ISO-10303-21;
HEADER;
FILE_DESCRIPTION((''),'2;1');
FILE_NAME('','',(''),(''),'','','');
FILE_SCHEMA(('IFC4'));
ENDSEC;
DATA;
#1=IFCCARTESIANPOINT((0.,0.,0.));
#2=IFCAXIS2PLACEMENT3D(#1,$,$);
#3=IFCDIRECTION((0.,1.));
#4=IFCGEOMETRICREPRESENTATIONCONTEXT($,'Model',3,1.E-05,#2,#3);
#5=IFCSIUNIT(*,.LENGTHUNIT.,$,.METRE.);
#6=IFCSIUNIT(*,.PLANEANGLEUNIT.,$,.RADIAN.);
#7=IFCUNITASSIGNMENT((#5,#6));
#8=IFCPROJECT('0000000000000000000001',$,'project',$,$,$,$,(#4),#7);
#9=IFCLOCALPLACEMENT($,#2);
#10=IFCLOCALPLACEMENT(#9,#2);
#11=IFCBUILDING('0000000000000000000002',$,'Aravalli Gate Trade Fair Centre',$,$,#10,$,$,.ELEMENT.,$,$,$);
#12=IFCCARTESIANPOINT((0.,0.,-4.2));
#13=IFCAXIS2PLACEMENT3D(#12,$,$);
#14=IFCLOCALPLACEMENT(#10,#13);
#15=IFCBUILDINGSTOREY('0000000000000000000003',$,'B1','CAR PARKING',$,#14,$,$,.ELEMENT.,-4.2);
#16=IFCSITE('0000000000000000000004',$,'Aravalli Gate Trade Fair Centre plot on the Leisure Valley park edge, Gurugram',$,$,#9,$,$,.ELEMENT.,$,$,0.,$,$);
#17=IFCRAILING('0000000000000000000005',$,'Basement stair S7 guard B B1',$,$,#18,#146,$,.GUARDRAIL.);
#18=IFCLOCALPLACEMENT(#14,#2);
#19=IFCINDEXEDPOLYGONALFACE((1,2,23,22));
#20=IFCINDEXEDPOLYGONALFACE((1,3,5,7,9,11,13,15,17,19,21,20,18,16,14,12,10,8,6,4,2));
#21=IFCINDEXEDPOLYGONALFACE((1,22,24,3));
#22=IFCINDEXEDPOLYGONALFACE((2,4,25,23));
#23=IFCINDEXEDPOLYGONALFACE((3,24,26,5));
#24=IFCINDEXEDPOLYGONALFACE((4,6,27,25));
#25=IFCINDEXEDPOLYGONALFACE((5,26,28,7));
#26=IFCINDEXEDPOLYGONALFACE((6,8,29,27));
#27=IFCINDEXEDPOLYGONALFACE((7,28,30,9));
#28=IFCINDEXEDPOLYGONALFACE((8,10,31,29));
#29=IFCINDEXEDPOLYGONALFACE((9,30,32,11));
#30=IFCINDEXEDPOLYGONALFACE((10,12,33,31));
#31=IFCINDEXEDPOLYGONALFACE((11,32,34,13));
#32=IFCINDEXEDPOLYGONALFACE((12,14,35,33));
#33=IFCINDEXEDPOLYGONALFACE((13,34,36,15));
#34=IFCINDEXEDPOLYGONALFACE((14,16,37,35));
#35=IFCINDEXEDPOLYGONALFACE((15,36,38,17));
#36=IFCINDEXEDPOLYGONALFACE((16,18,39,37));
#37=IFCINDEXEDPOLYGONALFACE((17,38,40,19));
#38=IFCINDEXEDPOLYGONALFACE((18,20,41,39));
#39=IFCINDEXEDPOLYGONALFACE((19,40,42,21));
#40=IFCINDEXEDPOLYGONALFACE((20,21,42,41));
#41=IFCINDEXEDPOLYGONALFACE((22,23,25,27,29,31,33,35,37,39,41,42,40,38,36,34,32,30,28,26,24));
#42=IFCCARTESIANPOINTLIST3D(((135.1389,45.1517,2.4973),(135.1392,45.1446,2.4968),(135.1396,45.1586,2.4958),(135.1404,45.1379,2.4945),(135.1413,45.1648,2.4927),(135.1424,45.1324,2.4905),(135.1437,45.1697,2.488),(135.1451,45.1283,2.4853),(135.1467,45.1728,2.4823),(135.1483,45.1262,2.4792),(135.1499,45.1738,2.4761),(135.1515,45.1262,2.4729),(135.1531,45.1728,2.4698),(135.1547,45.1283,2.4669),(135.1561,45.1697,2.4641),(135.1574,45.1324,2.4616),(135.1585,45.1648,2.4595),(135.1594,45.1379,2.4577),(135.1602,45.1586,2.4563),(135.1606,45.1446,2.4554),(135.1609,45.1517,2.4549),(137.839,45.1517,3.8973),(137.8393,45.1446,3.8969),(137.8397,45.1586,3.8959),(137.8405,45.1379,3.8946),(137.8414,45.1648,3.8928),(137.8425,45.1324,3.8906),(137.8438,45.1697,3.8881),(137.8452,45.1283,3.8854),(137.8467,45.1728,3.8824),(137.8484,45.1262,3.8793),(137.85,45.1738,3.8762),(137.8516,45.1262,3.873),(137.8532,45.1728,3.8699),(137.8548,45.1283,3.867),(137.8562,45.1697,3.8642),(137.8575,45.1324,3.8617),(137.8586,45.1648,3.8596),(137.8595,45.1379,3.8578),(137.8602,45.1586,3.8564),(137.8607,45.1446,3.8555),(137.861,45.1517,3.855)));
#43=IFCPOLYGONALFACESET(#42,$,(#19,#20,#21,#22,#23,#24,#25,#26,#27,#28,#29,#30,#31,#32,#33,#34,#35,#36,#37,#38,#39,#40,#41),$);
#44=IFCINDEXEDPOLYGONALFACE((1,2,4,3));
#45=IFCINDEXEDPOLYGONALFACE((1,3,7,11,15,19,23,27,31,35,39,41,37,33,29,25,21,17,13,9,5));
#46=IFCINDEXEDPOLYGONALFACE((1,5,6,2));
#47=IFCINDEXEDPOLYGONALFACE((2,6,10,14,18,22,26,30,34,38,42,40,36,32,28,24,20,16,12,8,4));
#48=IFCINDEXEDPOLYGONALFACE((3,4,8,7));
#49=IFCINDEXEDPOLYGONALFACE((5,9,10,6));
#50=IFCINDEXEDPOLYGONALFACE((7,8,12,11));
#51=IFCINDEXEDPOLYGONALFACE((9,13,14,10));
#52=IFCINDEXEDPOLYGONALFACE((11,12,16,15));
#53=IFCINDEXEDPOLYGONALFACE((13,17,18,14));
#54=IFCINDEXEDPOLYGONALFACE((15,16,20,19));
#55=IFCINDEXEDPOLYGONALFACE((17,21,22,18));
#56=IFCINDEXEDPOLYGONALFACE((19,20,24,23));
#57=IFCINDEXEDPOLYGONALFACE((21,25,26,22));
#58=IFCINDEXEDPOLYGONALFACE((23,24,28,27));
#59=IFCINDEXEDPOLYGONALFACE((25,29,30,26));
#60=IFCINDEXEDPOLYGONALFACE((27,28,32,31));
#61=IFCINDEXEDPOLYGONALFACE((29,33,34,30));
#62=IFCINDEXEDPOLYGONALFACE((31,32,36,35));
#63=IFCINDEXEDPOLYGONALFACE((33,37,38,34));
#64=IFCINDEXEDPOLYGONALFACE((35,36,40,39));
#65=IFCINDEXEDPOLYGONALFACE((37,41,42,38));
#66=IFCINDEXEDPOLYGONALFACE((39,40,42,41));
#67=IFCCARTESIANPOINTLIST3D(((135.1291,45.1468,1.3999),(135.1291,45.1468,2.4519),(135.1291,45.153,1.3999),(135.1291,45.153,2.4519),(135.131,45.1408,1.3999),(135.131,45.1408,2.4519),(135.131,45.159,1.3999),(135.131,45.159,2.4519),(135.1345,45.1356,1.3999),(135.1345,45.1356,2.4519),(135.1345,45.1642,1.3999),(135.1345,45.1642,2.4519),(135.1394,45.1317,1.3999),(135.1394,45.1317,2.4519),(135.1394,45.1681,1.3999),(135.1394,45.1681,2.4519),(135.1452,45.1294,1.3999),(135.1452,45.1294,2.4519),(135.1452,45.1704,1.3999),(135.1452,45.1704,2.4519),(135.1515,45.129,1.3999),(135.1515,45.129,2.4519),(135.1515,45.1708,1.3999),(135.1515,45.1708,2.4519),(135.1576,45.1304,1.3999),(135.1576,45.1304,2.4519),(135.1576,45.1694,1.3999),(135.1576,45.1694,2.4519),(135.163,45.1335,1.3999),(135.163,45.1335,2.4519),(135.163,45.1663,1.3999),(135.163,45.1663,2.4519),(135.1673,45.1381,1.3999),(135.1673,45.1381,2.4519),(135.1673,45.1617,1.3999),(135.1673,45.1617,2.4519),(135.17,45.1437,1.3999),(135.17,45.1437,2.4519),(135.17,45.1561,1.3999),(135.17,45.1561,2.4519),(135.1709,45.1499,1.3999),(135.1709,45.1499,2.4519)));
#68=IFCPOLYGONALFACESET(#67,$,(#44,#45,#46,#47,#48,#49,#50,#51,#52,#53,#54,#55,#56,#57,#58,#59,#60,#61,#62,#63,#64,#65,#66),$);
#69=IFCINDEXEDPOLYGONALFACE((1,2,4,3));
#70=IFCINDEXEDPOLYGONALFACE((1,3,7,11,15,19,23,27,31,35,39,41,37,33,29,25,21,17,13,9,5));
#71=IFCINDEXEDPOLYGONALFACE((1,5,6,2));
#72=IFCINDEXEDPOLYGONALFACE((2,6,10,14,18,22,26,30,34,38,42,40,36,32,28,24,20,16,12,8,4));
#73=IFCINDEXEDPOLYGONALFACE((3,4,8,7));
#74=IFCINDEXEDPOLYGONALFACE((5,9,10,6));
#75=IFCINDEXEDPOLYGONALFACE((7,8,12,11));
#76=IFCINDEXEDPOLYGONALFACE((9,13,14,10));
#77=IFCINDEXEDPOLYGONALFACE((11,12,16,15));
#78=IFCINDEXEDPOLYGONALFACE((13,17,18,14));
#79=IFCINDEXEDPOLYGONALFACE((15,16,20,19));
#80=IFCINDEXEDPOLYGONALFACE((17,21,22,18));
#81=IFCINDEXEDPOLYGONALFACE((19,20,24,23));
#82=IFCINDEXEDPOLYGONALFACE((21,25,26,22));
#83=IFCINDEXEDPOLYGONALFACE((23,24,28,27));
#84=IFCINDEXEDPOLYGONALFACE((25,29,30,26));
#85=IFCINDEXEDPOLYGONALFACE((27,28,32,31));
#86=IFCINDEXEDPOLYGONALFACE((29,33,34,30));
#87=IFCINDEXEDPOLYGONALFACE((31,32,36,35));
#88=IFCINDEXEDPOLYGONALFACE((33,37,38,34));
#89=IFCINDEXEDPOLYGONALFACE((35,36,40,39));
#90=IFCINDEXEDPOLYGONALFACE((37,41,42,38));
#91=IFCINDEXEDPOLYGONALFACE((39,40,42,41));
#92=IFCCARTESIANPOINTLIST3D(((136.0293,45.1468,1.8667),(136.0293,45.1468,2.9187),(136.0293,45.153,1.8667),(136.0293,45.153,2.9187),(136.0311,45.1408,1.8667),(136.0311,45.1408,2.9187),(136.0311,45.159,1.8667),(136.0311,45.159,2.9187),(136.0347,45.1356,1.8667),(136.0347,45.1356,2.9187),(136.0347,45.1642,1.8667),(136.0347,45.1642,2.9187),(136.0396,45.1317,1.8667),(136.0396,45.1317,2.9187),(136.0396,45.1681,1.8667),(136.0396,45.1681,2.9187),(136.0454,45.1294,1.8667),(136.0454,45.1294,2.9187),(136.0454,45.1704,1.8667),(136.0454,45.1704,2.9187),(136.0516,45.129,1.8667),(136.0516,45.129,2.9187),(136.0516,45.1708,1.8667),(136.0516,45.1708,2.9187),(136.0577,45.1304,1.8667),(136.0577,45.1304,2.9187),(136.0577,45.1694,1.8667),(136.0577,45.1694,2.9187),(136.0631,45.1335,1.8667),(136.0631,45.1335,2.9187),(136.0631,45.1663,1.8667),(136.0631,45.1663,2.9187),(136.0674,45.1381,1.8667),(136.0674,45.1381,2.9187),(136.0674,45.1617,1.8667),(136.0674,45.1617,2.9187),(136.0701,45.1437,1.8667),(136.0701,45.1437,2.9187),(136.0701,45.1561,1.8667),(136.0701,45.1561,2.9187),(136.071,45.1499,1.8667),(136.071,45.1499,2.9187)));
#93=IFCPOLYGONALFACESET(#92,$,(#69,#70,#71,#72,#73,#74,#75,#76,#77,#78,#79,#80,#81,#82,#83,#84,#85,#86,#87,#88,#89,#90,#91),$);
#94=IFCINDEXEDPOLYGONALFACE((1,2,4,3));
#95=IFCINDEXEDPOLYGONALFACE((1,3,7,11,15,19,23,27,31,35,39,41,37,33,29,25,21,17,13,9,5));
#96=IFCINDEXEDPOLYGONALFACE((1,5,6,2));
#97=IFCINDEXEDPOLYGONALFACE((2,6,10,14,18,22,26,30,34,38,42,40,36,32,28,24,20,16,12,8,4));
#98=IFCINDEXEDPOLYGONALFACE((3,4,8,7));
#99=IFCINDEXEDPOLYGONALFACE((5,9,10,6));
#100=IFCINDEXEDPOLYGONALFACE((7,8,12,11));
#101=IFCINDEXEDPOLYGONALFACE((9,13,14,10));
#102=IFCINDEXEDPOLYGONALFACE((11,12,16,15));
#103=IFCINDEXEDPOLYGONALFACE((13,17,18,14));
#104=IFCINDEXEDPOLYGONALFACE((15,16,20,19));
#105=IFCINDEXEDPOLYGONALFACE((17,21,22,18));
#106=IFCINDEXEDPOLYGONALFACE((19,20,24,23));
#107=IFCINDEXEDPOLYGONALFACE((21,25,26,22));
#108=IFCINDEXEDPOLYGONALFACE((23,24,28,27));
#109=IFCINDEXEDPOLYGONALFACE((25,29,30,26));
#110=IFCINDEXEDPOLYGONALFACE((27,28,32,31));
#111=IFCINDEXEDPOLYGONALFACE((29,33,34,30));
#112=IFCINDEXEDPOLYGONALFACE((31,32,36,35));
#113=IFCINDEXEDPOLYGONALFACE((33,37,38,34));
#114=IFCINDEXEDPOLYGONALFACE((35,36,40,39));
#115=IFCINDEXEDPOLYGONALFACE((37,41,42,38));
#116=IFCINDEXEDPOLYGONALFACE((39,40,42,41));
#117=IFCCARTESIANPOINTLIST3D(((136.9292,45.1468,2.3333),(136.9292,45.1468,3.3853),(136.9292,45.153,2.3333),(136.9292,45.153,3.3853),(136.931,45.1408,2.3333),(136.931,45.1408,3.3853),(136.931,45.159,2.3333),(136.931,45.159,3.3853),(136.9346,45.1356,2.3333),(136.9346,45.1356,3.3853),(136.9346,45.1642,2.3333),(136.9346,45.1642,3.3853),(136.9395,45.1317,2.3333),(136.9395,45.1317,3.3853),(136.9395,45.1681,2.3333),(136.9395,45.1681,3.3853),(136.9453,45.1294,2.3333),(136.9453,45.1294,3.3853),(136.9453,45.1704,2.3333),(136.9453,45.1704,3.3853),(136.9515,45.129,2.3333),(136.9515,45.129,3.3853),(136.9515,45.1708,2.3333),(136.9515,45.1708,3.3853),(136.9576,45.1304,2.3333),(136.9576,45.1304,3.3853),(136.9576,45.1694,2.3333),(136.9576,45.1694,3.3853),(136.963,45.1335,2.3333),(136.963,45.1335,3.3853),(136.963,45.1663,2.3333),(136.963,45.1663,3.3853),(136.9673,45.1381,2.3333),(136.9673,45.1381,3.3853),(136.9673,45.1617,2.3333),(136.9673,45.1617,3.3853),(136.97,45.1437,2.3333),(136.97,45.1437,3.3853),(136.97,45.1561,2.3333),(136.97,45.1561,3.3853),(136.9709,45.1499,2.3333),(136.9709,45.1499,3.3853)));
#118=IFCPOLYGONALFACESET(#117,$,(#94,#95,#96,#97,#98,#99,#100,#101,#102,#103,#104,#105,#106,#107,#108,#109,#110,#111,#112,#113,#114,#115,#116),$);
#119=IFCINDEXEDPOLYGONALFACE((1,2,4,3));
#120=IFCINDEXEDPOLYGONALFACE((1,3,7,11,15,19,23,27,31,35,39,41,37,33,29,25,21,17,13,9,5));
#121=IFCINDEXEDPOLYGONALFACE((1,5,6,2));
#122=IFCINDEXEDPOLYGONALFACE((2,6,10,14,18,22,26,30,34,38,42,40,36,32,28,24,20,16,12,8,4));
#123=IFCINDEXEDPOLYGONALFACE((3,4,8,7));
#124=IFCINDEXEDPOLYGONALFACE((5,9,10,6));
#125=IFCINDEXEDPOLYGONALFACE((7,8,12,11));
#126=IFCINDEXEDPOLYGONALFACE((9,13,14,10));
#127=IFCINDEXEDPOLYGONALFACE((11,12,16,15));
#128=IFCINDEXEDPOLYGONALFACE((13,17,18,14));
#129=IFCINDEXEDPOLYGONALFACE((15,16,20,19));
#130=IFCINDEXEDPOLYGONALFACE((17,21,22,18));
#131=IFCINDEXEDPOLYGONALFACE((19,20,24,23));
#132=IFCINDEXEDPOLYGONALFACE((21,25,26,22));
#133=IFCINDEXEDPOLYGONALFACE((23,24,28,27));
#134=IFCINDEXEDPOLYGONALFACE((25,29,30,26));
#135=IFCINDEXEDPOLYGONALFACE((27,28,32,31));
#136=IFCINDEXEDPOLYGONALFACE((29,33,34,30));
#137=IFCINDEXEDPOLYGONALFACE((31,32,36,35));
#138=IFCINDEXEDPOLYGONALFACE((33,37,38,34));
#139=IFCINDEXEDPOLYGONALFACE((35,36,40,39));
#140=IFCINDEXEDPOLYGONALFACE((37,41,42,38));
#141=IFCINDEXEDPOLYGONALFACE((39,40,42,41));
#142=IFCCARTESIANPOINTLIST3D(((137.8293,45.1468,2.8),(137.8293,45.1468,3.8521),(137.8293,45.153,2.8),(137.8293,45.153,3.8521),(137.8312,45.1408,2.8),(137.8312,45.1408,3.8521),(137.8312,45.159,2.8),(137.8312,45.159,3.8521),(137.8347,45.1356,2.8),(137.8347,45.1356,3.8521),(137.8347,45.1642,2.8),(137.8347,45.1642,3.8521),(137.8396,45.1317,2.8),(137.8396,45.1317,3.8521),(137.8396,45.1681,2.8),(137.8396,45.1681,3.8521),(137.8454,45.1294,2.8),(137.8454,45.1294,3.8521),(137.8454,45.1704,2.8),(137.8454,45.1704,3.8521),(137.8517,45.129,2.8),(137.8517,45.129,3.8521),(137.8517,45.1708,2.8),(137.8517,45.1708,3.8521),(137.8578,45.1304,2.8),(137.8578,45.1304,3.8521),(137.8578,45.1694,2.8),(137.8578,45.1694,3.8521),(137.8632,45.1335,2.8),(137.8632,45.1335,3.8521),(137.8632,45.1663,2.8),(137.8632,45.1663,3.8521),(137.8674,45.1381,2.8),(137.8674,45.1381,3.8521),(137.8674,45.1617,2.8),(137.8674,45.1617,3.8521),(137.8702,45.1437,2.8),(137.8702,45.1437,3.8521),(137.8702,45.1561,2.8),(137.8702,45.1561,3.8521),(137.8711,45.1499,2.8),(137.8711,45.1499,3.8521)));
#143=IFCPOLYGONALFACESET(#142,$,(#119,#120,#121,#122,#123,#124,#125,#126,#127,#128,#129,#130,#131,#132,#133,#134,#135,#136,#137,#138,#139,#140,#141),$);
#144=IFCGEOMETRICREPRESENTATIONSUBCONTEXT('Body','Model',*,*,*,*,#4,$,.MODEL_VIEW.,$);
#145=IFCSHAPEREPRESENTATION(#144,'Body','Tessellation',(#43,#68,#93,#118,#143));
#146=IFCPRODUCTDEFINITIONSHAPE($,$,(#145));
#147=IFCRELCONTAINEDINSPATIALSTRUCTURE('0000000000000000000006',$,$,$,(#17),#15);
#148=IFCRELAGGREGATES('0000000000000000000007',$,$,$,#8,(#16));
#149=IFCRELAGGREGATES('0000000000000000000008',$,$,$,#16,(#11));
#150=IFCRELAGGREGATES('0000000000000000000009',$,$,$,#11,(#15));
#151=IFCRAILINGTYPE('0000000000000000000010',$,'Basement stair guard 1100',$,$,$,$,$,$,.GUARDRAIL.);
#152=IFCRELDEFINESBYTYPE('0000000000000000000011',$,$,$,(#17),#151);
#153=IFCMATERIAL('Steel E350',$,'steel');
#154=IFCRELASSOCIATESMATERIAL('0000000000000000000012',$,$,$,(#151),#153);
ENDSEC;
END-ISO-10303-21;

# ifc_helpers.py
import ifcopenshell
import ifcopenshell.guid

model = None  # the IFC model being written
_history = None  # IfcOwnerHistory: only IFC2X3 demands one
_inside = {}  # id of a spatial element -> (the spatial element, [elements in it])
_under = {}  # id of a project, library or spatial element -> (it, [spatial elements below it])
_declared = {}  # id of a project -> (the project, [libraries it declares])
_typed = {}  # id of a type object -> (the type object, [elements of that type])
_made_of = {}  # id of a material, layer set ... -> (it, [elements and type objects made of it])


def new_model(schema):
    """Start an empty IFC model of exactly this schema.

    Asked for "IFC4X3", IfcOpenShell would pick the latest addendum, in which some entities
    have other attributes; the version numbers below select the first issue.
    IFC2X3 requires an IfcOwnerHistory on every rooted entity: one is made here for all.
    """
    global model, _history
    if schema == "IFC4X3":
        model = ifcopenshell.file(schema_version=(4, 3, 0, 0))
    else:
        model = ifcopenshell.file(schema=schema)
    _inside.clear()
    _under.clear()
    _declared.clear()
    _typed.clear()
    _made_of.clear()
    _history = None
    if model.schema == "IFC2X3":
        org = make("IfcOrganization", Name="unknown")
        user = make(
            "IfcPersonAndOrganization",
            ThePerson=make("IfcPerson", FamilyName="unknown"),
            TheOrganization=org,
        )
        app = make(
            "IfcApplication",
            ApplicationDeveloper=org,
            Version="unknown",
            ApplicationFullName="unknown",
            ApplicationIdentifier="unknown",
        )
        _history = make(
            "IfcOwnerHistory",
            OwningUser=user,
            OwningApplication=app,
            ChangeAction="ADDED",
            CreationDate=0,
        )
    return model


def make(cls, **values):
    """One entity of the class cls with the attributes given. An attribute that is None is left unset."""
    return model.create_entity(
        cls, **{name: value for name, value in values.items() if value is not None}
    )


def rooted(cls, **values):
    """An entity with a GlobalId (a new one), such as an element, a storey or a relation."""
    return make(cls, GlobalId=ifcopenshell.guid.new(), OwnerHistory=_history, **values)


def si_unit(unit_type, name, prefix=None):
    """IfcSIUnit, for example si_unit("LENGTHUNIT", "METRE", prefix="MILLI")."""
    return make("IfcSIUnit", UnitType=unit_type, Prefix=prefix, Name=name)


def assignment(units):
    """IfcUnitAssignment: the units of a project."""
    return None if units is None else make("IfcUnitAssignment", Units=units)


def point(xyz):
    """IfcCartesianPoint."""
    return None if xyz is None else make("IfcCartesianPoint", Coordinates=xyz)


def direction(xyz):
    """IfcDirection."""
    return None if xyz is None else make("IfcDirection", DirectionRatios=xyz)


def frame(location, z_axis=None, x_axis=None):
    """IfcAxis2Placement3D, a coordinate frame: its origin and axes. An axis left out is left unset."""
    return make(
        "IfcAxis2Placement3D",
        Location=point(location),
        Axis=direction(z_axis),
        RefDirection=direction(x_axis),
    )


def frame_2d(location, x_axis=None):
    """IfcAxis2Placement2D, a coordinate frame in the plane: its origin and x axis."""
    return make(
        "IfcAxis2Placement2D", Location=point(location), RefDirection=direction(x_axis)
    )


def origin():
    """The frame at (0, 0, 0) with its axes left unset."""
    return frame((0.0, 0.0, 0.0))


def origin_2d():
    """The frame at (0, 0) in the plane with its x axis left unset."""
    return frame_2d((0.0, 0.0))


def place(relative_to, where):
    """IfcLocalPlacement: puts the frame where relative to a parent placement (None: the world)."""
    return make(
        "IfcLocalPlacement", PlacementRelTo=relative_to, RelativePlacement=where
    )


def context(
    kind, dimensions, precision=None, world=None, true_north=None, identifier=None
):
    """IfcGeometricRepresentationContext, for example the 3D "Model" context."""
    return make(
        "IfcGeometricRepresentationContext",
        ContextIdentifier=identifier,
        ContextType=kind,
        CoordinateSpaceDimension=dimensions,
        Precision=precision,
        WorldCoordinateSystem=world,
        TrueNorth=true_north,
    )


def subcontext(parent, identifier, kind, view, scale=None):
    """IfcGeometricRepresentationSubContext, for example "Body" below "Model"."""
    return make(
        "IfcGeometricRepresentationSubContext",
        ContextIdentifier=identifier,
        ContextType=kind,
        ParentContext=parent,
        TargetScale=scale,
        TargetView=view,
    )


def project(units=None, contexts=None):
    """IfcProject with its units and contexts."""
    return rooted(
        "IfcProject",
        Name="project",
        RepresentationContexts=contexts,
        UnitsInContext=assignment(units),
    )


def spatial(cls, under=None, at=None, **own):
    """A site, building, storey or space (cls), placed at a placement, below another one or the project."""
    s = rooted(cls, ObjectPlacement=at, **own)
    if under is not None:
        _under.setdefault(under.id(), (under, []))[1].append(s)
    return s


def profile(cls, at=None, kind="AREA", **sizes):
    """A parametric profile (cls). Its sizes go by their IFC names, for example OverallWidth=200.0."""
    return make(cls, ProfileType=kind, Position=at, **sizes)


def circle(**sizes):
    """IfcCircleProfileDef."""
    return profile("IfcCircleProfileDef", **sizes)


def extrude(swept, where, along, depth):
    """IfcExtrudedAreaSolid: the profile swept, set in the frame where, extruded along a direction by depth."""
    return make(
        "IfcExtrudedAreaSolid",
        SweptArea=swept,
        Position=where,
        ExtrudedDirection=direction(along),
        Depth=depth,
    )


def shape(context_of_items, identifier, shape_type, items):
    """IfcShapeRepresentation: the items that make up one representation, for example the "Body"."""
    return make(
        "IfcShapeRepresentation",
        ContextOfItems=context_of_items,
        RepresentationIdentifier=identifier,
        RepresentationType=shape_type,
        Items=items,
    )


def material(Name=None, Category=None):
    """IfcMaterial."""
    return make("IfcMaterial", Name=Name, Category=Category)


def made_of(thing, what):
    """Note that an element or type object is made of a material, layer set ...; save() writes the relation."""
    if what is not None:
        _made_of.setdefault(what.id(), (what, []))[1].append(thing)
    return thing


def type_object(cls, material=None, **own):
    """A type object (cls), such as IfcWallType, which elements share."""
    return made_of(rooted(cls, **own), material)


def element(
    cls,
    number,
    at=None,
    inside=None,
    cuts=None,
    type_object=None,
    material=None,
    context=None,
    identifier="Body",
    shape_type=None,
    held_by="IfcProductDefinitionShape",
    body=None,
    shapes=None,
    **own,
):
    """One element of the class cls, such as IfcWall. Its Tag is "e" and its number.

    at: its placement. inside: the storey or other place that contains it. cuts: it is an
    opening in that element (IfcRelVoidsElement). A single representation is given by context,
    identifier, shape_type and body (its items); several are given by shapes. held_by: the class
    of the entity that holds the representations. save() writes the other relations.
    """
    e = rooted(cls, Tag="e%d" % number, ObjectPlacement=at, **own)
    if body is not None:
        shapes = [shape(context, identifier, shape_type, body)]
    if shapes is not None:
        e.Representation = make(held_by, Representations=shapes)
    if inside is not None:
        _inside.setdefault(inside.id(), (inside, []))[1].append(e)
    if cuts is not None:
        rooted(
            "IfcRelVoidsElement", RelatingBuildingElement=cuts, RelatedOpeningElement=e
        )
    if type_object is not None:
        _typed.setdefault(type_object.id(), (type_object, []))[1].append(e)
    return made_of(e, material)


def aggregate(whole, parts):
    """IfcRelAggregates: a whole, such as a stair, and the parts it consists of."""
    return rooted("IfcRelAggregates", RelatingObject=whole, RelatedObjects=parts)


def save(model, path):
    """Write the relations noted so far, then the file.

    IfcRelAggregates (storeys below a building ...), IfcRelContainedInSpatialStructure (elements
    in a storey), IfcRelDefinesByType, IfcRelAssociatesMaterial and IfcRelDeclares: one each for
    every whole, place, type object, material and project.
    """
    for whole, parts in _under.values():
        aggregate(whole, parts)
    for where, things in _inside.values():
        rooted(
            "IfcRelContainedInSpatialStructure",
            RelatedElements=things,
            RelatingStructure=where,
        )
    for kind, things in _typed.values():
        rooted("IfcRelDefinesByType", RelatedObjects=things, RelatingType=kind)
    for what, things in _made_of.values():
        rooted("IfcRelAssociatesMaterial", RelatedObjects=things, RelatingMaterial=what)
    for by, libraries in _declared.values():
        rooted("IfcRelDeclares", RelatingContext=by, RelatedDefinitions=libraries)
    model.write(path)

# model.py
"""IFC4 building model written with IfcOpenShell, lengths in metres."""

from ifc_helpers import new_model, si_unit, direction, frame, origin, origin_2d, place, context, subcontext, project, spatial, circle, extrude, material, type_object, element, save


model = new_model("IFC4")

# Units and contexts
model_context = context("Model", 3, precision=1e-05, world=origin(), true_north=direction((0.0, 1.0)))
body_context = subcontext(model_context, "Body", "Model", "MODEL_VIEW")
ifc_project = project(units=[si_unit("LENGTHUNIT", "METRE"), si_unit("PLANEANGLEUNIT", "RADIAN")], contexts=[model_context])

# Site, building, storey
site_placement = place(None, origin())
site = spatial("IfcSite", under=ifc_project, at=site_placement, Name="Aravalli Gate Trade Fair Centre plot on the Leisure Valley park edge, Gurugram", CompositionType="ELEMENT", RefElevation=0.0)
building_placement = place(site_placement, origin())
building = spatial("IfcBuilding", under=site, at=building_placement, Name="Aravalli Gate Trade Fair Centre", CompositionType="ELEMENT")
storey_placement = place(building_placement, frame((0.0, 0.0, -4.2)))
storey = spatial("IfcBuildingStorey", under=building, at=storey_placement, Name="B1", Description="CAR PARKING", CompositionType="ELEMENT", Elevation=-4.2)

# Railing
ifc_material_1 = material(Name="Steel E350", Category="steel")
railing_type_1 = type_object("IfcRailingType", Name="Basement stair guard 1100", PredefinedType="GUARDRAIL", material=ifc_material_1)
for number, where, name in (
    (1, (135.1499, 45.1499, 1.3999), "Basement stair S7 guard B B1"),
):
    element("IfcRailing", number, at=place(storey_placement, frame(where)), inside=storey, type_object=railing_type_1, Name=name, PredefinedType="GUARDRAIL", context=body_context, shape_type="SweptSolid", body=[
        extrude(circle(Radius=0.0239, at=origin_2d()), frame((0.0, 0.0, 1.0762), z_axis=(0.887748, 0.0, 0.460329), x_axis=(0.0, 1.0, 0.0)), (0.0, 0.0, 1.0), 3.0415),
        extrude(circle(Radius=0.021, at=origin_2d()), origin(), (0.0, 0.0, 1.0), 1.052),
        extrude(circle(Radius=0.021, at=origin_2d()), frame((0.9001, 0.0, 0.4668)), (0.0, 0.0, 1.0), 1.052),
        extrude(circle(Radius=0.021, at=origin_2d()), frame((1.8, 0.0, 0.9333)), (0.0, 0.0, 1.0), 1.052),
        extrude(circle(Radius=0.021, at=origin_2d()), frame((2.7002, 0.0, 1.4001)), (0.0, 0.0, 1.0), 1.052),
    ])

save(model, "model.ifc")
